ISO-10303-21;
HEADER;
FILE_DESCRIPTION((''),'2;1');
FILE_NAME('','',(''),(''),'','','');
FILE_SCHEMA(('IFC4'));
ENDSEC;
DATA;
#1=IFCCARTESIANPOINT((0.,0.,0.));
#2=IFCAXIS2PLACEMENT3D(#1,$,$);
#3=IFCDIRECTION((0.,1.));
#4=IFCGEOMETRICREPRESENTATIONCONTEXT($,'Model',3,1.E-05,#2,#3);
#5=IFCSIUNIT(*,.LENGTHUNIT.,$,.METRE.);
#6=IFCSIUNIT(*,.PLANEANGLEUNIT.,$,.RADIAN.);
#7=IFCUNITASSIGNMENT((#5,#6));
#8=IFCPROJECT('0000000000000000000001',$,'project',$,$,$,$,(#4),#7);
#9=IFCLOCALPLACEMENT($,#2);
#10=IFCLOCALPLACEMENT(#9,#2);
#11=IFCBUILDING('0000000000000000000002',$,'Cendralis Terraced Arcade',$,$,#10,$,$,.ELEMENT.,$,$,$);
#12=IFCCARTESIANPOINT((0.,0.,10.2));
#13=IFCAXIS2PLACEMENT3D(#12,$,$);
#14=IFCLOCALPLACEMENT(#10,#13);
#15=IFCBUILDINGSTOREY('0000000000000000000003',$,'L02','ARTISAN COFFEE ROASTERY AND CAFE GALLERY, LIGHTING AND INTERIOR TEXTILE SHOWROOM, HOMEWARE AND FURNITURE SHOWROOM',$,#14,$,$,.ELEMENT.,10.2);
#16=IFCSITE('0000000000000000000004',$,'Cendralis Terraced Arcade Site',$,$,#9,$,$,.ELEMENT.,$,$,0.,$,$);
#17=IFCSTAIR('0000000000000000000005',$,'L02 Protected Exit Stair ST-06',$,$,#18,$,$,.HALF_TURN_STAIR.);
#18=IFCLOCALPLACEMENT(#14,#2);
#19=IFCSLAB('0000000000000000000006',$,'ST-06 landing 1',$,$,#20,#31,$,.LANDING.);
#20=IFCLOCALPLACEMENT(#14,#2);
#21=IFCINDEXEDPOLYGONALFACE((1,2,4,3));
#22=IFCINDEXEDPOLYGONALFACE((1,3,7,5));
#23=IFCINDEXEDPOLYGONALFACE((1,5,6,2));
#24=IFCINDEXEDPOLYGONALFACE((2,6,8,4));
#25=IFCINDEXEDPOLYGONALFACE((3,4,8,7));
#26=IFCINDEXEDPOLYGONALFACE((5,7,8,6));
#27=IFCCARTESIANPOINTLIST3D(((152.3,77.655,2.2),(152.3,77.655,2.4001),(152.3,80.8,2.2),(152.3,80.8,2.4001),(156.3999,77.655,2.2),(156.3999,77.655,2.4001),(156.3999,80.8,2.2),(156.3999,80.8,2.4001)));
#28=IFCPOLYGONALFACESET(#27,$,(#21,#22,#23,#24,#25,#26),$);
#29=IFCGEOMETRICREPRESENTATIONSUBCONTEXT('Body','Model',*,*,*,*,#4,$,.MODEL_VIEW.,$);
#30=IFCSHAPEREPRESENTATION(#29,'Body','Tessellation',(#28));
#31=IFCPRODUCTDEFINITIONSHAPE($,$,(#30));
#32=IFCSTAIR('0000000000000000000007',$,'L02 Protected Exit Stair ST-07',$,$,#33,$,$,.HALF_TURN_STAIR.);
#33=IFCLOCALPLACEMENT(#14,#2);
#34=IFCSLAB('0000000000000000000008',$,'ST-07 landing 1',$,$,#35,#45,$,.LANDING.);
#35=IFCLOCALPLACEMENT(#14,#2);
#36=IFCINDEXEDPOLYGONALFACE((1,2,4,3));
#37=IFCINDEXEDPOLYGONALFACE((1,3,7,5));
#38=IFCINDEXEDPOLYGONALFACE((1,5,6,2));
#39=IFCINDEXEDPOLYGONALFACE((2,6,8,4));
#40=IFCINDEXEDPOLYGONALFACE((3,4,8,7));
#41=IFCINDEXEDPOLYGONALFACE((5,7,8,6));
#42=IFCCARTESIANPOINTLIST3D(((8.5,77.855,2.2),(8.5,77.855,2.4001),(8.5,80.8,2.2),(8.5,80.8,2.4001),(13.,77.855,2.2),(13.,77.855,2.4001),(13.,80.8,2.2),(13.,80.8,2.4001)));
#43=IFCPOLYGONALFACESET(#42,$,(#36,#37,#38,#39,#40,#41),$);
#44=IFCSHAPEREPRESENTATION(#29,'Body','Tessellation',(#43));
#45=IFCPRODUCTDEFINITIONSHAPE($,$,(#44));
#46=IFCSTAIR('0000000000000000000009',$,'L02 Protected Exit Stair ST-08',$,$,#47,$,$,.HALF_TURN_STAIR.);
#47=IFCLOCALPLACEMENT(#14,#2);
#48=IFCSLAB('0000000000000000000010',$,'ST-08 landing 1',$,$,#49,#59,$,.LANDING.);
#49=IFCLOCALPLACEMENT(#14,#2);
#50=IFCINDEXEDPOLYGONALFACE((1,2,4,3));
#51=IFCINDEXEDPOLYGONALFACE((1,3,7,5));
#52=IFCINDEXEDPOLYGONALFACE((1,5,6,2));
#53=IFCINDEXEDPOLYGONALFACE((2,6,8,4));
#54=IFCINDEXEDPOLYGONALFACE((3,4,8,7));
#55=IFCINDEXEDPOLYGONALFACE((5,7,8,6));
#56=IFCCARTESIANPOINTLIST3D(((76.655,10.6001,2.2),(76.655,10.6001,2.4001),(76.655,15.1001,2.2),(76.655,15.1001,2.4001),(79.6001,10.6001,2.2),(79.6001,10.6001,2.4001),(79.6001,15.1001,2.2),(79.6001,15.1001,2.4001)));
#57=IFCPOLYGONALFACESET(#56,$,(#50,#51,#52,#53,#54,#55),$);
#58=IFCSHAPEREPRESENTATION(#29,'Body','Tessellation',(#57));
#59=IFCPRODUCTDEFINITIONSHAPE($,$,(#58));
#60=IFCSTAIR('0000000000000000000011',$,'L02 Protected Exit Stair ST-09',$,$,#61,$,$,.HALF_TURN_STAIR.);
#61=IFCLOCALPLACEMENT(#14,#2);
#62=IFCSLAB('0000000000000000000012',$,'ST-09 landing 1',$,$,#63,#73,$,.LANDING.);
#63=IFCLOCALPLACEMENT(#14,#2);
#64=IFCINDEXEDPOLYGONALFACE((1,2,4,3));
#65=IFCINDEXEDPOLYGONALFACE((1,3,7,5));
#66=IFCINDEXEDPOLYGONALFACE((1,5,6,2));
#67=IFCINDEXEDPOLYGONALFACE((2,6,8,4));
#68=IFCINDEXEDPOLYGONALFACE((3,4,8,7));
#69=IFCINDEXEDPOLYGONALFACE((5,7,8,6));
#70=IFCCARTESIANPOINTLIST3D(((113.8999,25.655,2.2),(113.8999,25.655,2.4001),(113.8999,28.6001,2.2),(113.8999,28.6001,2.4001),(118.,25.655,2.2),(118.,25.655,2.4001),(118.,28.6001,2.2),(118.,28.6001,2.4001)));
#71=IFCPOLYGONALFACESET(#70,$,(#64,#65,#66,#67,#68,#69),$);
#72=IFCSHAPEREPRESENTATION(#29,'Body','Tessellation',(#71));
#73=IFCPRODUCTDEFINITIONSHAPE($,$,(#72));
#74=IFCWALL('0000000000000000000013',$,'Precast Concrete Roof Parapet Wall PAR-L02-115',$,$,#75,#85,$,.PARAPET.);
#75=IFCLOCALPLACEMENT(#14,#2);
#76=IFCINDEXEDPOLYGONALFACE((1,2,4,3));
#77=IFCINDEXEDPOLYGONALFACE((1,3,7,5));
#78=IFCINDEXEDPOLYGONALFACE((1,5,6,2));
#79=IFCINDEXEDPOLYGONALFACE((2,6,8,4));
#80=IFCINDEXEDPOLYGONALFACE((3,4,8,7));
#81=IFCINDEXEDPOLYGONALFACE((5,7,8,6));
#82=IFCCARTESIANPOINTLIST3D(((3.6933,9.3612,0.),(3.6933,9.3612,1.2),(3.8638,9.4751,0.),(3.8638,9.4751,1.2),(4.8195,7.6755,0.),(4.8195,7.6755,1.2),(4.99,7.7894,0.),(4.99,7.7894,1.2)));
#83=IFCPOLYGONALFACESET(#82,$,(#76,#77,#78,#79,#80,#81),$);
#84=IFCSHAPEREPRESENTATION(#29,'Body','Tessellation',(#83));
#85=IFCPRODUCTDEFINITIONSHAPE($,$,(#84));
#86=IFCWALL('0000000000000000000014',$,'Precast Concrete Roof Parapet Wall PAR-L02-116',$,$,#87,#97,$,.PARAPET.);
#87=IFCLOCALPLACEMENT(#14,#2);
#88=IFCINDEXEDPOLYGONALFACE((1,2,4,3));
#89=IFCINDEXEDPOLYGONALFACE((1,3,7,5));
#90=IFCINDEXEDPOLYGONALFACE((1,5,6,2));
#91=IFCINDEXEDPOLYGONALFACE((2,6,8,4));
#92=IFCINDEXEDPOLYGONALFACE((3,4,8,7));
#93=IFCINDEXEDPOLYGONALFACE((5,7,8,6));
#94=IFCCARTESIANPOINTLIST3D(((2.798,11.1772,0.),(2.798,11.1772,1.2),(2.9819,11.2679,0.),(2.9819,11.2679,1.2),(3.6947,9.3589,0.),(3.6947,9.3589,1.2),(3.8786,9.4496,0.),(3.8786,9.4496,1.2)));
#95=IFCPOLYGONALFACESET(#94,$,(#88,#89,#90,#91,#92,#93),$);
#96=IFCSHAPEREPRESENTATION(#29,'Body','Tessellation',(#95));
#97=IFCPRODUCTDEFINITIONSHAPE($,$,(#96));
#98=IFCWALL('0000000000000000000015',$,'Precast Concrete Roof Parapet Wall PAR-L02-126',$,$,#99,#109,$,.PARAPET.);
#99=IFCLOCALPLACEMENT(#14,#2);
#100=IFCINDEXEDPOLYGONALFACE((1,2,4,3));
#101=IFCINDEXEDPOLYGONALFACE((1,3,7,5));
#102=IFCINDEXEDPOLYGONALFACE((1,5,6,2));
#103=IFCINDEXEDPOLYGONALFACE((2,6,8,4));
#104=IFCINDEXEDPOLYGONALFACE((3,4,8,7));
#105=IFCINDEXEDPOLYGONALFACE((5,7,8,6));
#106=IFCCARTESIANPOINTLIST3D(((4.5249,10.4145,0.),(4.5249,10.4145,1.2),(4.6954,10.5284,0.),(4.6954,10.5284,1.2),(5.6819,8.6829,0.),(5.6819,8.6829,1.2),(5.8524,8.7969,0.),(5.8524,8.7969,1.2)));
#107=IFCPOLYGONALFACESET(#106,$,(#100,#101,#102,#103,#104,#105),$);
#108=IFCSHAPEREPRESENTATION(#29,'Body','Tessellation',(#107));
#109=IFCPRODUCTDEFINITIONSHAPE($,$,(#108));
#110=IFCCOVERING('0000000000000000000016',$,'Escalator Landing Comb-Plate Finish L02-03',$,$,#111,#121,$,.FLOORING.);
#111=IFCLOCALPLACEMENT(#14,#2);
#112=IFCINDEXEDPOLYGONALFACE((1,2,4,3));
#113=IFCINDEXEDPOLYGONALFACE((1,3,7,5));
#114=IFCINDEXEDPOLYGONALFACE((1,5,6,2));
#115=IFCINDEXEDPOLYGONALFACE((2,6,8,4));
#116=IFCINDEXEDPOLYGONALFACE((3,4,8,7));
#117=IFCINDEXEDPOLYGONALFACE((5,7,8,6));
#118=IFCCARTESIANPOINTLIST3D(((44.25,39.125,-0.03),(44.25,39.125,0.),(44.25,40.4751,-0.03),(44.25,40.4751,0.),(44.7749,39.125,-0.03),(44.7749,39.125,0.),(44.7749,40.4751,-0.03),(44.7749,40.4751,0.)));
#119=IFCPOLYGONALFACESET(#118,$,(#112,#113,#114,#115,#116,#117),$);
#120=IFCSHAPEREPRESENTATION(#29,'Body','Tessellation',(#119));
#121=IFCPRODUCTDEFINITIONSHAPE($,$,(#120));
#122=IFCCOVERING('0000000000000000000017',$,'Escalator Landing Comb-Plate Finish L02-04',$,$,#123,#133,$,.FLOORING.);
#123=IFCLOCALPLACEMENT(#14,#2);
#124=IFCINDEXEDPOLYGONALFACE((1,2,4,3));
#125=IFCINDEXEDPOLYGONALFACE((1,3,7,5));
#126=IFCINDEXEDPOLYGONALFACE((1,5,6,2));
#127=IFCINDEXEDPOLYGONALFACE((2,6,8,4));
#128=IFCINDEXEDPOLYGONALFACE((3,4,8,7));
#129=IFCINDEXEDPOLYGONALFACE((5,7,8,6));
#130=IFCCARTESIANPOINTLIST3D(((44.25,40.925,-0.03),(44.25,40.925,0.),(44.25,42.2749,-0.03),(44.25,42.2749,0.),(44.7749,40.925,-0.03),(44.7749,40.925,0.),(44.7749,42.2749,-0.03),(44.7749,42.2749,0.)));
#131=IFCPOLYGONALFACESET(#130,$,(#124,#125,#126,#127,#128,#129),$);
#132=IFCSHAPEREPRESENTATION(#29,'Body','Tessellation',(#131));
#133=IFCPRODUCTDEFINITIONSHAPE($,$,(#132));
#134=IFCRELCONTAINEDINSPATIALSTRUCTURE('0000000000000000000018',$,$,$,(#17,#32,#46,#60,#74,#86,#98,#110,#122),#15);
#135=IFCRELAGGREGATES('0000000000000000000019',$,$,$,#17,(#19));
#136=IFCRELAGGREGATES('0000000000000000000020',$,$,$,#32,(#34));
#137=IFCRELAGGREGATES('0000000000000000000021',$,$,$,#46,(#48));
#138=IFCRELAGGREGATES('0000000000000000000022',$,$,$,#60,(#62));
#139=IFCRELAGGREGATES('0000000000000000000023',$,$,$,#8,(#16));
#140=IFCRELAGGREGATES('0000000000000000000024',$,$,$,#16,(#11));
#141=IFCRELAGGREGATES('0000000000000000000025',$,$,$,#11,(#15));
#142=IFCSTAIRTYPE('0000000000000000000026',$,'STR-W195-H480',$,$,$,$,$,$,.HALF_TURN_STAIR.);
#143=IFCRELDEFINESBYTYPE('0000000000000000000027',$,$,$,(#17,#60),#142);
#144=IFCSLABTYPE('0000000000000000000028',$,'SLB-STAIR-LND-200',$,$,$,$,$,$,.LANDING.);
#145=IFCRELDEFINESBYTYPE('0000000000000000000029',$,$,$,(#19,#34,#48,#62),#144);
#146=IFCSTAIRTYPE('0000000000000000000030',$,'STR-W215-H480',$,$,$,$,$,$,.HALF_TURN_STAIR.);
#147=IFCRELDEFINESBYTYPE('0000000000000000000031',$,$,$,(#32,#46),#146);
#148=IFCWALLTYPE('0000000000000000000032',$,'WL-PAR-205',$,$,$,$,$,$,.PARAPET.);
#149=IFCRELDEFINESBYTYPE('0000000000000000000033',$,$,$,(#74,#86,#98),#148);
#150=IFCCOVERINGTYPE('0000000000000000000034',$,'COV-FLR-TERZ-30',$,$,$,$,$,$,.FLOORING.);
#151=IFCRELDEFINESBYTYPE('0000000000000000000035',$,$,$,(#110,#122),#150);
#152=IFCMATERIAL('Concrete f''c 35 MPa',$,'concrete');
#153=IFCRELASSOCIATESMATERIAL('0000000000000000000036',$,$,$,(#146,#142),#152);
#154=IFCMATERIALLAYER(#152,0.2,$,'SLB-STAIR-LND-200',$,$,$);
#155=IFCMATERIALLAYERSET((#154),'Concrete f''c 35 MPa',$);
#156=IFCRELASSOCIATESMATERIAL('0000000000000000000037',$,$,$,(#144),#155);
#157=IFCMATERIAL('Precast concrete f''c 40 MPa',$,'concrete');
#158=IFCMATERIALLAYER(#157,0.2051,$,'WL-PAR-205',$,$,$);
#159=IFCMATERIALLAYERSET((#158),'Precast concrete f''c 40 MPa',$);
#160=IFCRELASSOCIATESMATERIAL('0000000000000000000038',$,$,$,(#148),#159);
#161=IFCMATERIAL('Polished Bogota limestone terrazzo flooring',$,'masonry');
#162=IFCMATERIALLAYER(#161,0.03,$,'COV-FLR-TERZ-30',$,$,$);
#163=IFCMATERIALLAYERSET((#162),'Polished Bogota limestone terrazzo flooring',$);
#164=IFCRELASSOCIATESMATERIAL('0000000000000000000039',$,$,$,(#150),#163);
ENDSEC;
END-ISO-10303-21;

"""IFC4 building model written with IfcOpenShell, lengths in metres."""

from ifc_helpers import new_model, si_unit, direction, frame, frame_2d, origin, place, context, subcontext, project, spatial, polyline, rectangle, outline, extrude, material, layer, layer_set, type_object, element, aggregate, save


model = new_model("IFC4")

# Units and contexts
model_context = context("Model", 3, precision=1e-05, world=origin(), true_north=direction((0.0, 1.0)))
body_context = subcontext(model_context, "Body", "Model", "MODEL_VIEW")
ifc_project = project(units=[si_unit("LENGTHUNIT", "METRE"), si_unit("PLANEANGLEUNIT", "RADIAN")], contexts=[model_context])

# Site, building, storey
site_placement = place(None, origin())
site = spatial("IfcSite", under=ifc_project, at=site_placement, Name="Cendralis Terraced Arcade Site", CompositionType="ELEMENT", RefElevation=0.0)
building_placement = place(site_placement, origin())
building = spatial("IfcBuilding", under=site, at=building_placement, Name="Cendralis Terraced Arcade", CompositionType="ELEMENT")
storey_placement = place(building_placement, frame((0.0, 0.0, 10.2)))
storey = spatial("IfcBuildingStorey", under=building, at=storey_placement, Name="L02", Description="ARTISAN COFFEE ROASTERY AND CAFE GALLERY, LIGHTING AND INTERIOR TEXTILE SHOWROOM, HOMEWARE AND FURNITURE SHOWROOM", CompositionType="ELEMENT", Elevation=10.2)

# Shared definitions
ifc_material_1 = material(Name="Concrete f'c 35 MPa", Category="concrete")

# Stairs, slabs
stair_type_1 = type_object("IfcStairType", Name="STR-W215-H480", PredefinedType="HALF_TURN_STAIR", material=ifc_material_1)
ifc_layer_1 = layer(ifc_material_1, 0.2, Name="SLB-STAIR-LND-200")
ifc_layer_set_1 = layer_set([ifc_layer_1], Name="Concrete f'c 35 MPa")
slab_type_1 = type_object("IfcSlabType", Name="SLB-STAIR-LND-200", PredefinedType="LANDING", material=ifc_layer_set_1)
stair_type_2 = type_object("IfcStairType", Name="STR-W195-H480", PredefinedType="HALF_TURN_STAIR", material=ifc_material_1)
stair_1_placement = place(storey_placement, origin())
stair_1 = element("IfcStair", 1, at=stair_1_placement, inside=storey, type_object=stair_type_2, Name="L02 Protected Exit Stair ST-06", PredefinedType="HALF_TURN_STAIR")
slab_1_placement = place(storey_placement, frame((0.0, 0.0, 2.2)))
slab_1 = element("IfcSlab", 2, at=slab_1_placement, type_object=slab_type_1, Name="ST-06 landing 1", PredefinedType="LANDING", context=body_context, shape_type="SweptSolid", body=[
    extrude(outline(polyline([(156.3999, 77.655), (156.3999, 80.8), (152.3, 80.8), (152.3, 77.655), (156.3999, 77.655)])), origin(), (0.0, 0.0, 1.0), 0.2002),
])
aggregate(stair_1, [slab_1])
stair_2_placement = place(storey_placement, origin())
stair_2 = element("IfcStair", 3, at=stair_2_placement, inside=storey, type_object=stair_type_1, Name="L02 Protected Exit Stair ST-07", PredefinedType="HALF_TURN_STAIR")
slab_2_placement = place(storey_placement, frame((0.0, 0.0, 2.2)))
slab_2 = element("IfcSlab", 4, at=slab_2_placement, type_object=slab_type_1, Name="ST-07 landing 1", PredefinedType="LANDING", context=body_context, shape_type="SweptSolid", body=[
    extrude(outline(polyline([(13.0, 77.855), (13.0, 80.8), (8.5, 80.8), (8.5, 77.855), (13.0, 77.855)])), origin(), (0.0, 0.0, 1.0), 0.2002),
])
aggregate(stair_2, [slab_2])
stair_3_placement = place(storey_placement, origin())
stair_3 = element("IfcStair", 5, at=stair_3_placement, inside=storey, type_object=stair_type_1, Name="L02 Protected Exit Stair ST-08", PredefinedType="HALF_TURN_STAIR")
slab_3_placement = place(storey_placement, frame((0.0, 0.0, 2.2)))
slab_3 = element("IfcSlab", 6, at=slab_3_placement, type_object=slab_type_1, Name="ST-08 landing 1", PredefinedType="LANDING", context=body_context, shape_type="SweptSolid", body=[
    extrude(outline(polyline([(76.655, 10.6001), (79.6001, 10.6001), (79.6001, 15.1001), (76.655, 15.1001), (76.655, 10.6001)])), origin(), (0.0, 0.0, 1.0), 0.2002),
])
aggregate(stair_3, [slab_3])
stair_4_placement = place(storey_placement, origin())
stair_4 = element("IfcStair", 7, at=stair_4_placement, inside=storey, type_object=stair_type_2, Name="L02 Protected Exit Stair ST-09", PredefinedType="HALF_TURN_STAIR")
slab_4_placement = place(storey_placement, frame((0.0, 0.0, 2.2)))
slab_4 = element("IfcSlab", 8, at=slab_4_placement, type_object=slab_type_1, Name="ST-09 landing 1", PredefinedType="LANDING", context=body_context, shape_type="SweptSolid", body=[
    extrude(outline(polyline([(118.0, 25.655), (118.0, 28.6001), (113.8999, 28.6001), (113.8999, 25.655), (118.0, 25.655)])), origin(), (0.0, 0.0, 1.0), 0.2002),
])
aggregate(stair_4, [slab_4])

# Walls
ifc_material_2 = material(Name="Precast concrete f'c 40 MPa", Category="concrete")
ifc_layer_2 = layer(ifc_material_2, 0.2051, Name="WL-PAR-205")
ifc_layer_set_2 = layer_set([ifc_layer_2], Name="Precast concrete f'c 40 MPa")
wall_type = type_object("IfcWallType", Name="WL-PAR-205", PredefinedType="PARAPET", material=ifc_layer_set_2)
for number, where, z_axis, x_axis, name in (
    (9, (4.9048, 7.7324, 0.0), (0.0, 0.0, 1.0), (-0.555506, 0.831513, 0.0), "Precast Concrete Roof Parapet Wall PAR-L02-115"),
    (10, (3.7866, 9.4043, 0.0), (0.0, 0.0, 1.0), (-0.442294, 0.89687, 0.0), "Precast Concrete Roof Parapet Wall PAR-L02-116"),
):
    element("IfcWall", number, at=place(storey_placement, frame(where, z_axis=z_axis, x_axis=x_axis)), inside=storey, type_object=wall_type, Name=name, PredefinedType="PARAPET", context=body_context, shape_type="SweptSolid", body=[
        extrude(rectangle(XDim=2.0273, YDim=0.2051, at=frame_2d((1.0137, 0.0))), origin(), (0.0, 0.0, 1.0), 1.2),
    ])
wall_placement = place(storey_placement, frame((4.6101, 10.4714, 0.0), z_axis=(0.0, 0.0, 1.0), x_axis=(0.555593, -0.831455, 0.0)))
element("IfcWall", 11, at=wall_placement, inside=storey, type_object=wall_type, Name="Precast Concrete Roof Parapet Wall PAR-L02-126", PredefinedType="PARAPET", context=body_context, shape_type="SweptSolid", body=[
    extrude(rectangle(XDim=2.0825, YDim=0.2051, at=frame_2d((1.0413, 0.0))), origin(), (0.0, 0.0, 1.0), 1.2),
])

# Coverings
ifc_material_3 = material(Name="Polished Bogota limestone terrazzo flooring", Category="masonry")
ifc_layer_3 = layer(ifc_material_3, 0.03, Name="COV-FLR-TERZ-30")
ifc_layer_set_3 = layer_set([ifc_layer_3], Name="Polished Bogota limestone terrazzo flooring")
covering_type_1 = type_object("IfcCoveringType", Name="COV-FLR-TERZ-30", PredefinedType="FLOORING", material=ifc_layer_set_3)
covering_1_placement = place(storey_placement, frame((0.0, 0.0, -0.03)))
element("IfcCovering", 12, at=covering_1_placement, inside=storey, type_object=covering_type_1, Name="Escalator Landing Comb-Plate Finish L02-03", PredefinedType="FLOORING", context=body_context, shape_type="SweptSolid", body=[
    extrude(outline(polyline([(44.25, 39.125), (44.7749, 39.125), (44.7749, 40.4751), (44.25, 40.4751), (44.25, 39.125)])), origin(), (0.0, 0.0, 1.0), 0.03),
])
covering_2_placement = place(storey_placement, frame((0.0, 0.0, -0.03)))
element("IfcCovering", 13, at=covering_2_placement, inside=storey, type_object=covering_type_1, Name="Escalator Landing Comb-Plate Finish L02-04", PredefinedType="FLOORING", context=body_context, shape_type="SweptSolid", body=[
    extrude(outline(polyline([(44.25, 40.925), (44.7749, 40.925), (44.7749, 42.2749), (44.25, 42.2749), (44.25, 40.925)])), origin(), (0.0, 0.0, 1.0), 0.03),
])

save(model, "model.ifc")
